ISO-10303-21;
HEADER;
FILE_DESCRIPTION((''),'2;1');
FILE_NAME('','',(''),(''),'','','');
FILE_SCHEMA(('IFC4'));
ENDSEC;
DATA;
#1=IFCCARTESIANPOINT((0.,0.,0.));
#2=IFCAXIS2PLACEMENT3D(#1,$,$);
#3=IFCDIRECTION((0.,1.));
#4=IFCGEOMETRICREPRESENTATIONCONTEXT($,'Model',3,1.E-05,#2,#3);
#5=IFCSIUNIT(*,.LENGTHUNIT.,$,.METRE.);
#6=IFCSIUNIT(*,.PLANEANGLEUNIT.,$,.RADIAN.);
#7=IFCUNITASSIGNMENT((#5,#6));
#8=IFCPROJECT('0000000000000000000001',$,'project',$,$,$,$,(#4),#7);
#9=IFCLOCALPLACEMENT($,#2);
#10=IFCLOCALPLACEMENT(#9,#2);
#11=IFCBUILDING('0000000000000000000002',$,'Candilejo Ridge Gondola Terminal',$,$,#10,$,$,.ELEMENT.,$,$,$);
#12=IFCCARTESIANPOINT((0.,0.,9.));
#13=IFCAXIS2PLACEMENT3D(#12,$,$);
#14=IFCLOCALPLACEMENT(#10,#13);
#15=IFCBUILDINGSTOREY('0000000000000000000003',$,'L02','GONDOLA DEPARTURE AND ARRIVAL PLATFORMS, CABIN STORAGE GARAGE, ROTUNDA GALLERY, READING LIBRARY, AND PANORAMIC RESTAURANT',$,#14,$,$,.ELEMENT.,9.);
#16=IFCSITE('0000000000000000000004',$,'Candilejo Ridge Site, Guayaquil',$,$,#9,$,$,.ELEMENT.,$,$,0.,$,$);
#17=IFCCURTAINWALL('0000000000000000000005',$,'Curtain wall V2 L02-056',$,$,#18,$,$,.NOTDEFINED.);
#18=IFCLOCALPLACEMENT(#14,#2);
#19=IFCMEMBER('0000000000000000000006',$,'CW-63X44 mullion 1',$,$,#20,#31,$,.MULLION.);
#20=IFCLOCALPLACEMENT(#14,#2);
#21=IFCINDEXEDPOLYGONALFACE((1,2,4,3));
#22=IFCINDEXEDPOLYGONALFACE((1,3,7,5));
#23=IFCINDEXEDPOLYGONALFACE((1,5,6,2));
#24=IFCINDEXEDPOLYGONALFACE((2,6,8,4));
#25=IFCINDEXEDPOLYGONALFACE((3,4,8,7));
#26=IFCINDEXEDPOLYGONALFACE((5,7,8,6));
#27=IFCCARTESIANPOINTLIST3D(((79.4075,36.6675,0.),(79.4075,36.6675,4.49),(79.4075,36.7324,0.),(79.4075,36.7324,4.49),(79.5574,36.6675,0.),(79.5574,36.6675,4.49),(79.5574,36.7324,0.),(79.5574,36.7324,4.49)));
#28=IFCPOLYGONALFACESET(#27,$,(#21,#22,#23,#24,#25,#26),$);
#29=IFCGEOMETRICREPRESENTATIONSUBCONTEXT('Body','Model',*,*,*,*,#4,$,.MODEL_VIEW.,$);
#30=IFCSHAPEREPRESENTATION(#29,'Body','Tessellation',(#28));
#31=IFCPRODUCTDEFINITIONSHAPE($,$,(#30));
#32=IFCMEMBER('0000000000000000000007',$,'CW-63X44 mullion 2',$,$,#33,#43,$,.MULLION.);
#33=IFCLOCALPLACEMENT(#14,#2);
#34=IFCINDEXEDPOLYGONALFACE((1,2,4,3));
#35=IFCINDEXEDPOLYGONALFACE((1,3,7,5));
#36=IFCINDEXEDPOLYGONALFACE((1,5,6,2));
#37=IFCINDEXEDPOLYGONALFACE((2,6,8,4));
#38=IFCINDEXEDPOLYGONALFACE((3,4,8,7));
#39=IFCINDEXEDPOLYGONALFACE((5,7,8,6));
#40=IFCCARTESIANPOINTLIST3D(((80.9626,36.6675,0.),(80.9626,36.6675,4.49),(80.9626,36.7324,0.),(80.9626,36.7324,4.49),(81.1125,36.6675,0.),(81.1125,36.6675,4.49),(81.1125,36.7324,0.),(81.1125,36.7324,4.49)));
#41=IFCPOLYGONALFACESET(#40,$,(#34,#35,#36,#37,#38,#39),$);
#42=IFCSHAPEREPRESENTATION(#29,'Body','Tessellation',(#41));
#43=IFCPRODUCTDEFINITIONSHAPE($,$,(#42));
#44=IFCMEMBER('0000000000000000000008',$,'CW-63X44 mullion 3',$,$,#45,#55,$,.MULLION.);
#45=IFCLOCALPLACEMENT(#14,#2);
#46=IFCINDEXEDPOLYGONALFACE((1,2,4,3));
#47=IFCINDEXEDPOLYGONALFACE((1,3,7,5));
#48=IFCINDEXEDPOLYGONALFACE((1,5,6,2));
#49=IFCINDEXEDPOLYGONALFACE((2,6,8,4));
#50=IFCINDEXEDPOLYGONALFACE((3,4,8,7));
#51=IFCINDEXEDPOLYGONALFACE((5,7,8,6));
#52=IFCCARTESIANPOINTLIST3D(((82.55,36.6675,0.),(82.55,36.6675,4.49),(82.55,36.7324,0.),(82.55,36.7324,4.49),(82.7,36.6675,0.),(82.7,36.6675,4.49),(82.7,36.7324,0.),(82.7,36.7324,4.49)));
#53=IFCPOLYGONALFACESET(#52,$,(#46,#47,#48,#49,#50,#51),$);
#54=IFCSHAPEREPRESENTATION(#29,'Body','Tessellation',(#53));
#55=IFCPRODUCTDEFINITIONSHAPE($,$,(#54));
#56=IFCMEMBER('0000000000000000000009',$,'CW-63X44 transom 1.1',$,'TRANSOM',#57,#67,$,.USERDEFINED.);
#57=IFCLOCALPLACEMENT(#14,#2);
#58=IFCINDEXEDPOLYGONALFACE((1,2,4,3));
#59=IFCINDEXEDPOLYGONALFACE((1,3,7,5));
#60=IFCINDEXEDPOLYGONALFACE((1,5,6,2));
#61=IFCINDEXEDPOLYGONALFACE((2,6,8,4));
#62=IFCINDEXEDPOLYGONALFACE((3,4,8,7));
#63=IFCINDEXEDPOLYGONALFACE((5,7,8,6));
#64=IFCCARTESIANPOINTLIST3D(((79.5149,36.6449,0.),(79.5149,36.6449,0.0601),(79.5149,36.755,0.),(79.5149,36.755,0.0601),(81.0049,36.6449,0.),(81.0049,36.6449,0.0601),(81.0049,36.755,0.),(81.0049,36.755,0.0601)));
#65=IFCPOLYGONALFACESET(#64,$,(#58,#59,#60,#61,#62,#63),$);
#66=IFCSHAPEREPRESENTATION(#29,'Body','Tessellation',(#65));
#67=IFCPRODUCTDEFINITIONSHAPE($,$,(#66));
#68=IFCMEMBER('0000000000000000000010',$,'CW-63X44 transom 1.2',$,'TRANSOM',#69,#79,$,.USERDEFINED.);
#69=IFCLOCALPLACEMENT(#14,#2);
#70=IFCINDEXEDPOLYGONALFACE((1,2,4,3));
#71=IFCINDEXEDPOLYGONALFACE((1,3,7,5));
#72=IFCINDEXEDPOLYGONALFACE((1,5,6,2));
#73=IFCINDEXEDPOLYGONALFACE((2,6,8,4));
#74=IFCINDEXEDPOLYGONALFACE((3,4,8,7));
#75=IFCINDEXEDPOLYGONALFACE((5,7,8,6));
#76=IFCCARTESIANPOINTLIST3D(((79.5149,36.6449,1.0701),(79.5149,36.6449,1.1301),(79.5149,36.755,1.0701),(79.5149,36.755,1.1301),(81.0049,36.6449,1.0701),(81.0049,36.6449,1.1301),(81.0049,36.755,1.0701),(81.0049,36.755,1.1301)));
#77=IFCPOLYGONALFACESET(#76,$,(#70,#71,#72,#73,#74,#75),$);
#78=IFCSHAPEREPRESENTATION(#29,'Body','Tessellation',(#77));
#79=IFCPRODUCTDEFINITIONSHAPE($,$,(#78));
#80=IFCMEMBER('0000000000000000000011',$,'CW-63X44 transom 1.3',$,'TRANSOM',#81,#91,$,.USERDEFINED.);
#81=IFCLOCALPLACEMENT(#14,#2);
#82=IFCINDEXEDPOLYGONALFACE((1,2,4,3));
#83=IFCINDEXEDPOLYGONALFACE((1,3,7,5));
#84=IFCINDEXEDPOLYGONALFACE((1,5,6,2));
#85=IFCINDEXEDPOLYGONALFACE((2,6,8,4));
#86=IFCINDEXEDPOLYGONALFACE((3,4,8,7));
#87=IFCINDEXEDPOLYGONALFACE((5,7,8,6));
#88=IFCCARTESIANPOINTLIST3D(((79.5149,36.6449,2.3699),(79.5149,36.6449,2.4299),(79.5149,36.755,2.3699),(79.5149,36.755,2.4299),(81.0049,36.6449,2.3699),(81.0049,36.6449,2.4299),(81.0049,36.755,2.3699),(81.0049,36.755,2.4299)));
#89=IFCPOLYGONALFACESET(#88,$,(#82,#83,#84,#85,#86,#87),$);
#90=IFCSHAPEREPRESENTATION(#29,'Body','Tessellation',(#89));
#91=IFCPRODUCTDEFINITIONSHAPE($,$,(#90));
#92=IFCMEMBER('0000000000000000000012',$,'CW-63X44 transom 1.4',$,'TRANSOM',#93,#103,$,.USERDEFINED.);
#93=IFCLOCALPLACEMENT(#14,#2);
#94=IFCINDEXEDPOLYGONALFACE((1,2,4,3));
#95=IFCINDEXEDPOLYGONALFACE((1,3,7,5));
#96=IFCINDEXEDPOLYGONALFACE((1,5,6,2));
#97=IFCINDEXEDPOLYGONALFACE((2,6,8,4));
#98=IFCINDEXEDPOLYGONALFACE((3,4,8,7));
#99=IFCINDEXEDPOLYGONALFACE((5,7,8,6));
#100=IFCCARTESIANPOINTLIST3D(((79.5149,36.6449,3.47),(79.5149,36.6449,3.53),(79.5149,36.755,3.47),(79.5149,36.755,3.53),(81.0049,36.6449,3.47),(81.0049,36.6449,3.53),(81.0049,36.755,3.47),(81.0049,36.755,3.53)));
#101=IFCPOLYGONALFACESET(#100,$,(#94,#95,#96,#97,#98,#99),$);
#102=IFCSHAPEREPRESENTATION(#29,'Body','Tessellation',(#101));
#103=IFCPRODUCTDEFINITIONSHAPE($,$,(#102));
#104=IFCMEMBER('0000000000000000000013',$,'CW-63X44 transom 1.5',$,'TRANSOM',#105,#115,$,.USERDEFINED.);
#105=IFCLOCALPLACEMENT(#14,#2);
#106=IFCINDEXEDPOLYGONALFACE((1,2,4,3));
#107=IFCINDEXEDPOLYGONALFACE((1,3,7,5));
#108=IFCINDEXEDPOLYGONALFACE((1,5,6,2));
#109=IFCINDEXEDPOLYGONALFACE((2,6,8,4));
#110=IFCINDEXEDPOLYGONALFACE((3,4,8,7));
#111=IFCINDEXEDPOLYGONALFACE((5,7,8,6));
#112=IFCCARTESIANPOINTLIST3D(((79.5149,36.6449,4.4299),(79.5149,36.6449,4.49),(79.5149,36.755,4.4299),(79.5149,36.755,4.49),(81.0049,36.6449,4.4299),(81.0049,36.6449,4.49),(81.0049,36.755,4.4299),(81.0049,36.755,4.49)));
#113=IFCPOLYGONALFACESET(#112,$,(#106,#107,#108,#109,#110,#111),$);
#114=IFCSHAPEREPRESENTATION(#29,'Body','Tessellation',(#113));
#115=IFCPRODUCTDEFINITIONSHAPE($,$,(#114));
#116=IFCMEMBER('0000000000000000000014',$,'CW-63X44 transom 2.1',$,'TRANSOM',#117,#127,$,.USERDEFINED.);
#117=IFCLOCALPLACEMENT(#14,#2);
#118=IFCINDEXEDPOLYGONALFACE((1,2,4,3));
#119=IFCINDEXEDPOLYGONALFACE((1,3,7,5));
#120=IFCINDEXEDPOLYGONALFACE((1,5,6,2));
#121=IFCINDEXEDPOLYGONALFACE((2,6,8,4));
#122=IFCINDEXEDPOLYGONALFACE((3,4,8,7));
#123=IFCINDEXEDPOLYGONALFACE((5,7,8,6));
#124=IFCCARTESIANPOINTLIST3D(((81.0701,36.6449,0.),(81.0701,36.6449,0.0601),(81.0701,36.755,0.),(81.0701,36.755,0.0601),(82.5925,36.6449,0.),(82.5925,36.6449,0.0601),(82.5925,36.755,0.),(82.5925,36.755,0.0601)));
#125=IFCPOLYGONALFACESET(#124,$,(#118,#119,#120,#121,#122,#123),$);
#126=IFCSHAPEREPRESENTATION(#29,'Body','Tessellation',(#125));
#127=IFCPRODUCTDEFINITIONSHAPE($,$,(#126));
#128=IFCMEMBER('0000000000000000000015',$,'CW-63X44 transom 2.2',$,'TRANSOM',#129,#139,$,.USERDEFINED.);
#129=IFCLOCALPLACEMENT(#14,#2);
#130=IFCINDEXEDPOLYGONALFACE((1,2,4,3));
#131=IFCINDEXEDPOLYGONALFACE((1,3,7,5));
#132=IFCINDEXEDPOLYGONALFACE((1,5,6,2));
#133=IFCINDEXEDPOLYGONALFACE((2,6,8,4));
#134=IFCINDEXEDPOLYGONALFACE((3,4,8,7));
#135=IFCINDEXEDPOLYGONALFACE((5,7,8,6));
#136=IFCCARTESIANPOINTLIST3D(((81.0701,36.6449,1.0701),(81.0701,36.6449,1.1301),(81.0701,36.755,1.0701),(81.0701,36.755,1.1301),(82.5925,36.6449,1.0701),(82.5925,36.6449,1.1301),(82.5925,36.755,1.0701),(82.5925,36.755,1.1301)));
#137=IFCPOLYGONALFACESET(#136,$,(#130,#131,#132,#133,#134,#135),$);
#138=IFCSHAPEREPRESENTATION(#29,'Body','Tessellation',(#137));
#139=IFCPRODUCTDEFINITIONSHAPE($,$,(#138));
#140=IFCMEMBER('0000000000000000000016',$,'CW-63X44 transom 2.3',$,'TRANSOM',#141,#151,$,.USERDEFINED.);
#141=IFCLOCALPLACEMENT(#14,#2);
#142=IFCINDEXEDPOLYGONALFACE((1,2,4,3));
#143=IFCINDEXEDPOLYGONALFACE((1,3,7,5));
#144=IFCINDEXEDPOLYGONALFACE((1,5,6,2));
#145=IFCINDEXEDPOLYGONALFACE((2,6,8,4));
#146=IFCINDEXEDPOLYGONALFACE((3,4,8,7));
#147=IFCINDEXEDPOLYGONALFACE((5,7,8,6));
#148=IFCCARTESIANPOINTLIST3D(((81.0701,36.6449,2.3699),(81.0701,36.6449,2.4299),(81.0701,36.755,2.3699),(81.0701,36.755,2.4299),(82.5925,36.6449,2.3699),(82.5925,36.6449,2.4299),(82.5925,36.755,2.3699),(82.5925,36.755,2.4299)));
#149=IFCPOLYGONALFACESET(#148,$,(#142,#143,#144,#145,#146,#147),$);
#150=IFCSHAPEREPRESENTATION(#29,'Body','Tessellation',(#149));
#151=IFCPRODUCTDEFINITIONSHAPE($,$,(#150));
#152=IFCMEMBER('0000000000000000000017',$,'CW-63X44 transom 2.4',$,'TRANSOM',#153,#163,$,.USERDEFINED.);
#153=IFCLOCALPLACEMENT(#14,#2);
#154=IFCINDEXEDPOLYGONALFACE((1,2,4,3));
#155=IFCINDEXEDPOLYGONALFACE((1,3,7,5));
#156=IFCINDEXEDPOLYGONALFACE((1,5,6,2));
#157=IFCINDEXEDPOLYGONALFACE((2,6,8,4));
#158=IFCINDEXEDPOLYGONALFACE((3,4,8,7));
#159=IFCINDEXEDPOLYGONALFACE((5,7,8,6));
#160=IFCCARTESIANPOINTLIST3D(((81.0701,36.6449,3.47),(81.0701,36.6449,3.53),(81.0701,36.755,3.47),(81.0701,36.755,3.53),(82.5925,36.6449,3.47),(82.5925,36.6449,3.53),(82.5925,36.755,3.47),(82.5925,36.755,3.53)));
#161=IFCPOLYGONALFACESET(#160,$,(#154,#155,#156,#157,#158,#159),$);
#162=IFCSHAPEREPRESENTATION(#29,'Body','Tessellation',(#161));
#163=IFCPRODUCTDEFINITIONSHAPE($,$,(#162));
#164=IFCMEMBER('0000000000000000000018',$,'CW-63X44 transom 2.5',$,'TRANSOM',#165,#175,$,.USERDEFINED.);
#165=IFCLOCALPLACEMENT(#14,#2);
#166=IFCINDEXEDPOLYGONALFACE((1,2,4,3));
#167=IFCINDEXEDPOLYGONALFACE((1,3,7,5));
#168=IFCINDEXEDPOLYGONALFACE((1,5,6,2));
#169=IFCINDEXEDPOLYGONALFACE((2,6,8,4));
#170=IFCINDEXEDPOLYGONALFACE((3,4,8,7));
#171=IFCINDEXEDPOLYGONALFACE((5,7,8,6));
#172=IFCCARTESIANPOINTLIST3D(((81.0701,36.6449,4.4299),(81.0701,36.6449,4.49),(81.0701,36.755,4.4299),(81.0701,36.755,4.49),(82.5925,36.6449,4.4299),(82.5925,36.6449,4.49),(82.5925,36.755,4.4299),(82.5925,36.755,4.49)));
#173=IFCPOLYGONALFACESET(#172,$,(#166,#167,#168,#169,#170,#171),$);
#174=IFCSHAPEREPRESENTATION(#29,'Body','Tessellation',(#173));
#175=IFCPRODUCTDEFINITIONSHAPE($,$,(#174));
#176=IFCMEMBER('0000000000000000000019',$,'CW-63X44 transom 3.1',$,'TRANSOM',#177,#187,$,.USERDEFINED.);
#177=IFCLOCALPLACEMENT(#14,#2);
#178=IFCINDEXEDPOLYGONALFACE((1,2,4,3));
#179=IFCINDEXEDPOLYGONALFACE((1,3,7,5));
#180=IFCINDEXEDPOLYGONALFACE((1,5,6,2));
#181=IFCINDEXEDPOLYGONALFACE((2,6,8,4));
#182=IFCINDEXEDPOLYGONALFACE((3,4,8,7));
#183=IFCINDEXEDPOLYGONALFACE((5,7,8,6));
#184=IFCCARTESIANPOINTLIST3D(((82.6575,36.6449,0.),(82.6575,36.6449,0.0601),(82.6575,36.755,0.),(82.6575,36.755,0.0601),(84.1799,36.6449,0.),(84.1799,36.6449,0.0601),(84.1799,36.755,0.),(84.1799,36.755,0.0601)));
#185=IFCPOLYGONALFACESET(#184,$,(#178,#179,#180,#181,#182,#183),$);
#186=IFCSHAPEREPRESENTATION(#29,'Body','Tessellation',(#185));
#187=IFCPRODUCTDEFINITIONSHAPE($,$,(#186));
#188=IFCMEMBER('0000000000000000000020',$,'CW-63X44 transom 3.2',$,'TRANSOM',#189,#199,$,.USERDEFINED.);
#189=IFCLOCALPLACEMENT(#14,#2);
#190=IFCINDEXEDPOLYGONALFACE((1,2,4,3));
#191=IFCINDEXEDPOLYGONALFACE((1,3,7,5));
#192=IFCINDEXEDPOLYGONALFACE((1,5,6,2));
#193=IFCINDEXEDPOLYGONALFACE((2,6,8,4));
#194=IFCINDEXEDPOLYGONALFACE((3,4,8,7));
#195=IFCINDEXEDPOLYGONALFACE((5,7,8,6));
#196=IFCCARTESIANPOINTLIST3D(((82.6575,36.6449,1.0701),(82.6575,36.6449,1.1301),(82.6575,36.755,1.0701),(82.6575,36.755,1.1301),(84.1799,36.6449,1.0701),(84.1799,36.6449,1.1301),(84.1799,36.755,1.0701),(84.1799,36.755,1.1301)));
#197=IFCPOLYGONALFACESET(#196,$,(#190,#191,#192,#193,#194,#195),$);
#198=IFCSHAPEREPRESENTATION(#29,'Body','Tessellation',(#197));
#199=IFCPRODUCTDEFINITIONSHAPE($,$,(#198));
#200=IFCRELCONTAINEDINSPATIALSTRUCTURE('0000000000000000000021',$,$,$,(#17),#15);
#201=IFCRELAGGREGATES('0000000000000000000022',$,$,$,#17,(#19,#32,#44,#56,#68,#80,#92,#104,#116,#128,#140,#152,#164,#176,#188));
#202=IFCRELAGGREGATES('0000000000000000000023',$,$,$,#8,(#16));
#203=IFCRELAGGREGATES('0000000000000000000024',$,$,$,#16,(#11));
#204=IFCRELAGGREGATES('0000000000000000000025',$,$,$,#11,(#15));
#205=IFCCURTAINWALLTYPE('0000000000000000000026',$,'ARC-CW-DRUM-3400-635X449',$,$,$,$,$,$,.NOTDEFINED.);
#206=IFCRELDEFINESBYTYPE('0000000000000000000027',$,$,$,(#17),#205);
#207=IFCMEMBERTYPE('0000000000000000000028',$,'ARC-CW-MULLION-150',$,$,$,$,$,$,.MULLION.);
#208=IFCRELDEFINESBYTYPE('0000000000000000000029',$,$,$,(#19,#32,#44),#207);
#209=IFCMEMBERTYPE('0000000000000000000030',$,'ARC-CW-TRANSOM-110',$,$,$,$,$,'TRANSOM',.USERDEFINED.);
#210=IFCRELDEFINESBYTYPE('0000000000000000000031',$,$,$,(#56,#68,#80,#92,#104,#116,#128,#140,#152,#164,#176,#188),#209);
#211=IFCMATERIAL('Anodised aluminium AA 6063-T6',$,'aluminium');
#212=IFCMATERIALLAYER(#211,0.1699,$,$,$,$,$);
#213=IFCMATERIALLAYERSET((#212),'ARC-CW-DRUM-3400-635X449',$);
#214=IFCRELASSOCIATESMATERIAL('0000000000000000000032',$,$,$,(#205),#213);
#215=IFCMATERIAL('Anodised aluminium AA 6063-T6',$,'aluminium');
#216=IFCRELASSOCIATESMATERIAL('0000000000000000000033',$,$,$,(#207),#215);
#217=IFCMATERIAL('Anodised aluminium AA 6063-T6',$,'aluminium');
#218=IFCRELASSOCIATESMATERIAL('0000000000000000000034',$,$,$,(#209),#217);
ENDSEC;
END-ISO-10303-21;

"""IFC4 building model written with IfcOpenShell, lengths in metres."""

from ifc_helpers import new_model, si_unit, direction, frame, origin, origin_2d, place, context, subcontext, project, spatial, rectangle, extrude, material, layer, layer_set, material_profile, profile_set, type_object, element, aggregate, save


model = new_model("IFC4")

# Units and contexts
model_context = context("Model", 3, precision=1e-05, world=origin(), true_north=direction((0.0, 1.0)))
body_context = subcontext(model_context, "Body", "Model", "MODEL_VIEW")
ifc_project = project(units=[si_unit("LENGTHUNIT", "METRE"), si_unit("PLANEANGLEUNIT", "RADIAN")], contexts=[model_context])

# Site, building, storey
site_placement = place(None, origin())
site = spatial("IfcSite", under=ifc_project, at=site_placement, Name="Candilejo Ridge Site, Guayaquil", CompositionType="ELEMENT", RefElevation=0.0)
building_placement = place(site_placement, origin())
building = spatial("IfcBuilding", under=site, at=building_placement, Name="Candilejo Ridge Gondola Terminal", CompositionType="ELEMENT")
storey_placement = place(building_placement, frame((0.0, 0.0, 9.0)))
storey = spatial("IfcBuildingStorey", under=building, at=storey_placement, Name="L02", Description="GONDOLA DEPARTURE AND ARRIVAL PLATFORMS, CABIN STORAGE GARAGE, ROTUNDA GALLERY, READING LIBRARY, AND PANORAMIC RESTAURANT", CompositionType="ELEMENT", Elevation=9.0)

# Curtain wall, members
ifc_material_1 = material(Name="Anodised aluminium AA 6063-T6", Category="aluminium")
ifc_layer_1 = layer(ifc_material_1, 0.1699)
ifc_layer_set_1 = layer_set([ifc_layer_1], Name="ARC-CW-DRUM-3400-635X449")
curtain_wall_type = type_object("IfcCurtainWallType", Name="ARC-CW-DRUM-3400-635X449", PredefinedType="NOTDEFINED", material=ifc_layer_set_1)
curtain_wall_placement = place(storey_placement, origin())
curtain_wall = element("IfcCurtainWall", 1, at=curtain_wall_placement, inside=storey, type_object=curtain_wall_type, Name="Curtain wall V2 L02-056", PredefinedType="NOTDEFINED")
ifc_material_2 = material(Name="Anodised aluminium AA 6063-T6", Category="aluminium")
ifc_material_profile_1 = material_profile(ifc_material_2, rectangle(XDim=0.0649, YDim=0.1499, at=origin_2d()))
ifc_profile_set_1 = profile_set([ifc_material_profile_1], Name="Anodised aluminium AA 6063-T6")
member_type_1 = type_object("IfcMemberType", Name="ARC-CW-MULLION-150", PredefinedType="MULLION", material=ifc_profile_set_1)
member_1_placement = place(storey_placement, frame((79.4824, 36.7, 0.0), z_axis=(0.0, 0.0, 1.0), x_axis=(0.0, 1.0, 0.0)))
member_1 = element("IfcMember", 2, at=member_1_placement, type_object=member_type_1, Name="CW-63X44 mullion 1", PredefinedType="MULLION", context=body_context, shape_type="SweptSolid", body=[
    extrude(rectangle(XDim=0.0649, YDim=0.1499, at=origin_2d()), origin(), (0.0, 0.0, 1.0), 4.49),
])
member_2_placement = place(storey_placement, frame((81.0376, 36.7, 0.0), z_axis=(0.0, 0.0, 1.0), x_axis=(0.0, 1.0, 0.0)))
member_2 = element("IfcMember", 3, at=member_2_placement, type_object=member_type_1, Name="CW-63X44 mullion 2", PredefinedType="MULLION", context=body_context, shape_type="SweptSolid", body=[
    extrude(rectangle(XDim=0.0649, YDim=0.1499, at=origin_2d()), origin(), (0.0, 0.0, 1.0), 4.49),
])
member_3_placement = place(storey_placement, frame((82.625, 36.7, 0.0), z_axis=(0.0, 0.0, 1.0), x_axis=(0.0, 1.0, 0.0)))
member_3 = element("IfcMember", 4, at=member_3_placement, type_object=member_type_1, Name="CW-63X44 mullion 3", PredefinedType="MULLION", context=body_context, shape_type="SweptSolid", body=[
    extrude(rectangle(XDim=0.0649, YDim=0.1499, at=origin_2d()), origin(), (0.0, 0.0, 1.0), 4.49),
])
ifc_material_3 = material(Name="Anodised aluminium AA 6063-T6", Category="aluminium")
ifc_material_profile_2 = material_profile(ifc_material_3, rectangle(XDim=0.1101, YDim=0.0601, at=origin_2d()))
ifc_profile_set_2 = profile_set([ifc_material_profile_2], Name="Anodised aluminium AA 6063-T6")
member_type_2 = type_object("IfcMemberType", Name="ARC-CW-TRANSOM-110", ElementType="TRANSOM", PredefinedType="USERDEFINED", material=ifc_profile_set_2)
member_4_placement = place(storey_placement, frame((79.5149, 36.7, 0.03), z_axis=(1.0, 0.0, 0.0), x_axis=(0.0, 1.0, 0.0)))
member_4 = element("IfcMember", 5, at=member_4_placement, type_object=member_type_2, Name="CW-63X44 transom 1.1", ObjectType="TRANSOM", PredefinedType="USERDEFINED", context=body_context, shape_type="SweptSolid", body=[
    extrude(rectangle(XDim=0.1101, YDim=0.0601, at=origin_2d()), origin(), (0.0, 0.0, 1.0), 1.49),
])
member_5_placement = place(storey_placement, frame((79.5149, 36.7, 1.1001), z_axis=(1.0, 0.0, 0.0), x_axis=(0.0, 1.0, 0.0)))
member_5 = element("IfcMember", 6, at=member_5_placement, type_object=member_type_2, Name="CW-63X44 transom 1.2", ObjectType="TRANSOM", PredefinedType="USERDEFINED", context=body_context, shape_type="SweptSolid", body=[
    extrude(rectangle(XDim=0.1101, YDim=0.0601, at=origin_2d()), origin(), (0.0, 0.0, 1.0), 1.49),
])
member_6_placement = place(storey_placement, frame((79.5149, 36.7, 2.3999), z_axis=(1.0, 0.0, 0.0), x_axis=(0.0, 1.0, 0.0)))
member_6 = element("IfcMember", 7, at=member_6_placement, type_object=member_type_2, Name="CW-63X44 transom 1.3", ObjectType="TRANSOM", PredefinedType="USERDEFINED", context=body_context, shape_type="SweptSolid", body=[
    extrude(rectangle(XDim=0.1101, YDim=0.0601, at=origin_2d()), origin(), (0.0, 0.0, 1.0), 1.49),
])
member_7_placement = place(storey_placement, frame((79.5149, 36.7, 3.5), z_axis=(1.0, 0.0, 0.0), x_axis=(0.0, 1.0, 0.0)))
member_7 = element("IfcMember", 8, at=member_7_placement, type_object=member_type_2, Name="CW-63X44 transom 1.4", ObjectType="TRANSOM", PredefinedType="USERDEFINED", context=body_context, shape_type="SweptSolid", body=[
    extrude(rectangle(XDim=0.1101, YDim=0.0601, at=origin_2d()), origin(), (0.0, 0.0, 1.0), 1.49),
])
member_8_placement = place(storey_placement, frame((79.5149, 36.7, 4.46), z_axis=(1.0, 0.0, 0.0), x_axis=(0.0, 1.0, 0.0)))
member_8 = element("IfcMember", 9, at=member_8_placement, type_object=member_type_2, Name="CW-63X44 transom 1.5", ObjectType="TRANSOM", PredefinedType="USERDEFINED", context=body_context, shape_type="SweptSolid", body=[
    extrude(rectangle(XDim=0.1101, YDim=0.0601, at=origin_2d()), origin(), (0.0, 0.0, 1.0), 1.49),
])
member_9_placement = place(storey_placement, frame((81.0701, 36.7, 0.03), z_axis=(1.0, 0.0, 0.0), x_axis=(0.0, 1.0, 0.0)))
member_9 = element("IfcMember", 10, at=member_9_placement, type_object=member_type_2, Name="CW-63X44 transom 2.1", ObjectType="TRANSOM", PredefinedType="USERDEFINED", context=body_context, shape_type="SweptSolid", body=[
    extrude(rectangle(XDim=0.1101, YDim=0.0601, at=origin_2d()), origin(), (0.0, 0.0, 1.0), 1.5225),
])
member_10_placement = place(storey_placement, frame((81.0701, 36.7, 1.1001), z_axis=(1.0, 0.0, 0.0), x_axis=(0.0, 1.0, 0.0)))
member_10 = element("IfcMember", 11, at=member_10_placement, type_object=member_type_2, Name="CW-63X44 transom 2.2", ObjectType="TRANSOM", PredefinedType="USERDEFINED", context=body_context, shape_type="SweptSolid", body=[
    extrude(rectangle(XDim=0.1101, YDim=0.0601, at=origin_2d()), origin(), (0.0, 0.0, 1.0), 1.5225),
])
member_11_placement = place(storey_placement, frame((81.0701, 36.7, 2.3999), z_axis=(1.0, 0.0, 0.0), x_axis=(0.0, 1.0, 0.0)))
member_11 = element("IfcMember", 12, at=member_11_placement, type_object=member_type_2, Name="CW-63X44 transom 2.3", ObjectType="TRANSOM", PredefinedType="USERDEFINED", context=body_context, shape_type="SweptSolid", body=[
    extrude(rectangle(XDim=0.1101, YDim=0.0601, at=origin_2d()), origin(), (0.0, 0.0, 1.0), 1.5225),
])
member_12_placement = place(storey_placement, frame((81.0701, 36.7, 3.5), z_axis=(1.0, 0.0, 0.0), x_axis=(0.0, 1.0, 0.0)))
member_12 = element("IfcMember", 13, at=member_12_placement, type_object=member_type_2, Name="CW-63X44 transom 2.4", ObjectType="TRANSOM", PredefinedType="USERDEFINED", context=body_context, shape_type="SweptSolid", body=[
    extrude(rectangle(XDim=0.1101, YDim=0.0601, at=origin_2d()), origin(), (0.0, 0.0, 1.0), 1.5225),
])
member_13_placement = place(storey_placement, frame((81.0701, 36.7, 4.46), z_axis=(1.0, 0.0, 0.0), x_axis=(0.0, 1.0, 0.0)))
member_13 = element("IfcMember", 14, at=member_13_placement, type_object=member_type_2, Name="CW-63X44 transom 2.5", ObjectType="TRANSOM", PredefinedType="USERDEFINED", context=body_context, shape_type="SweptSolid", body=[
    extrude(rectangle(XDim=0.1101, YDim=0.0601, at=origin_2d()), origin(), (0.0, 0.0, 1.0), 1.5225),
])
member_14_placement = place(storey_placement, frame((82.6575, 36.7, 0.03), z_axis=(1.0, 0.0, 0.0), x_axis=(0.0, 1.0, 0.0)))
member_14 = element("IfcMember", 15, at=member_14_placement, type_object=member_type_2, Name="CW-63X44 transom 3.1", ObjectType="TRANSOM", PredefinedType="USERDEFINED", context=body_context, shape_type="SweptSolid", body=[
    extrude(rectangle(XDim=0.1101, YDim=0.0601, at=origin_2d()), origin(), (0.0, 0.0, 1.0), 1.5225),
])
member_15_placement = place(storey_placement, frame((82.6575, 36.7, 1.1001), z_axis=(1.0, 0.0, 0.0), x_axis=(0.0, 1.0, 0.0)))
member_15 = element("IfcMember", 16, at=member_15_placement, type_object=member_type_2, Name="CW-63X44 transom 3.2", ObjectType="TRANSOM", PredefinedType="USERDEFINED", context=body_context, shape_type="SweptSolid", body=[
    extrude(rectangle(XDim=0.1101, YDim=0.0601, at=origin_2d()), origin(), (0.0, 0.0, 1.0), 1.5225),
])

aggregate(curtain_wall, [member_1, member_2, member_3, member_4, member_5, member_6, member_7, member_8, member_9, member_10, member_11, member_12, member_13, member_14, member_15])

save(model, "model.ifc")
